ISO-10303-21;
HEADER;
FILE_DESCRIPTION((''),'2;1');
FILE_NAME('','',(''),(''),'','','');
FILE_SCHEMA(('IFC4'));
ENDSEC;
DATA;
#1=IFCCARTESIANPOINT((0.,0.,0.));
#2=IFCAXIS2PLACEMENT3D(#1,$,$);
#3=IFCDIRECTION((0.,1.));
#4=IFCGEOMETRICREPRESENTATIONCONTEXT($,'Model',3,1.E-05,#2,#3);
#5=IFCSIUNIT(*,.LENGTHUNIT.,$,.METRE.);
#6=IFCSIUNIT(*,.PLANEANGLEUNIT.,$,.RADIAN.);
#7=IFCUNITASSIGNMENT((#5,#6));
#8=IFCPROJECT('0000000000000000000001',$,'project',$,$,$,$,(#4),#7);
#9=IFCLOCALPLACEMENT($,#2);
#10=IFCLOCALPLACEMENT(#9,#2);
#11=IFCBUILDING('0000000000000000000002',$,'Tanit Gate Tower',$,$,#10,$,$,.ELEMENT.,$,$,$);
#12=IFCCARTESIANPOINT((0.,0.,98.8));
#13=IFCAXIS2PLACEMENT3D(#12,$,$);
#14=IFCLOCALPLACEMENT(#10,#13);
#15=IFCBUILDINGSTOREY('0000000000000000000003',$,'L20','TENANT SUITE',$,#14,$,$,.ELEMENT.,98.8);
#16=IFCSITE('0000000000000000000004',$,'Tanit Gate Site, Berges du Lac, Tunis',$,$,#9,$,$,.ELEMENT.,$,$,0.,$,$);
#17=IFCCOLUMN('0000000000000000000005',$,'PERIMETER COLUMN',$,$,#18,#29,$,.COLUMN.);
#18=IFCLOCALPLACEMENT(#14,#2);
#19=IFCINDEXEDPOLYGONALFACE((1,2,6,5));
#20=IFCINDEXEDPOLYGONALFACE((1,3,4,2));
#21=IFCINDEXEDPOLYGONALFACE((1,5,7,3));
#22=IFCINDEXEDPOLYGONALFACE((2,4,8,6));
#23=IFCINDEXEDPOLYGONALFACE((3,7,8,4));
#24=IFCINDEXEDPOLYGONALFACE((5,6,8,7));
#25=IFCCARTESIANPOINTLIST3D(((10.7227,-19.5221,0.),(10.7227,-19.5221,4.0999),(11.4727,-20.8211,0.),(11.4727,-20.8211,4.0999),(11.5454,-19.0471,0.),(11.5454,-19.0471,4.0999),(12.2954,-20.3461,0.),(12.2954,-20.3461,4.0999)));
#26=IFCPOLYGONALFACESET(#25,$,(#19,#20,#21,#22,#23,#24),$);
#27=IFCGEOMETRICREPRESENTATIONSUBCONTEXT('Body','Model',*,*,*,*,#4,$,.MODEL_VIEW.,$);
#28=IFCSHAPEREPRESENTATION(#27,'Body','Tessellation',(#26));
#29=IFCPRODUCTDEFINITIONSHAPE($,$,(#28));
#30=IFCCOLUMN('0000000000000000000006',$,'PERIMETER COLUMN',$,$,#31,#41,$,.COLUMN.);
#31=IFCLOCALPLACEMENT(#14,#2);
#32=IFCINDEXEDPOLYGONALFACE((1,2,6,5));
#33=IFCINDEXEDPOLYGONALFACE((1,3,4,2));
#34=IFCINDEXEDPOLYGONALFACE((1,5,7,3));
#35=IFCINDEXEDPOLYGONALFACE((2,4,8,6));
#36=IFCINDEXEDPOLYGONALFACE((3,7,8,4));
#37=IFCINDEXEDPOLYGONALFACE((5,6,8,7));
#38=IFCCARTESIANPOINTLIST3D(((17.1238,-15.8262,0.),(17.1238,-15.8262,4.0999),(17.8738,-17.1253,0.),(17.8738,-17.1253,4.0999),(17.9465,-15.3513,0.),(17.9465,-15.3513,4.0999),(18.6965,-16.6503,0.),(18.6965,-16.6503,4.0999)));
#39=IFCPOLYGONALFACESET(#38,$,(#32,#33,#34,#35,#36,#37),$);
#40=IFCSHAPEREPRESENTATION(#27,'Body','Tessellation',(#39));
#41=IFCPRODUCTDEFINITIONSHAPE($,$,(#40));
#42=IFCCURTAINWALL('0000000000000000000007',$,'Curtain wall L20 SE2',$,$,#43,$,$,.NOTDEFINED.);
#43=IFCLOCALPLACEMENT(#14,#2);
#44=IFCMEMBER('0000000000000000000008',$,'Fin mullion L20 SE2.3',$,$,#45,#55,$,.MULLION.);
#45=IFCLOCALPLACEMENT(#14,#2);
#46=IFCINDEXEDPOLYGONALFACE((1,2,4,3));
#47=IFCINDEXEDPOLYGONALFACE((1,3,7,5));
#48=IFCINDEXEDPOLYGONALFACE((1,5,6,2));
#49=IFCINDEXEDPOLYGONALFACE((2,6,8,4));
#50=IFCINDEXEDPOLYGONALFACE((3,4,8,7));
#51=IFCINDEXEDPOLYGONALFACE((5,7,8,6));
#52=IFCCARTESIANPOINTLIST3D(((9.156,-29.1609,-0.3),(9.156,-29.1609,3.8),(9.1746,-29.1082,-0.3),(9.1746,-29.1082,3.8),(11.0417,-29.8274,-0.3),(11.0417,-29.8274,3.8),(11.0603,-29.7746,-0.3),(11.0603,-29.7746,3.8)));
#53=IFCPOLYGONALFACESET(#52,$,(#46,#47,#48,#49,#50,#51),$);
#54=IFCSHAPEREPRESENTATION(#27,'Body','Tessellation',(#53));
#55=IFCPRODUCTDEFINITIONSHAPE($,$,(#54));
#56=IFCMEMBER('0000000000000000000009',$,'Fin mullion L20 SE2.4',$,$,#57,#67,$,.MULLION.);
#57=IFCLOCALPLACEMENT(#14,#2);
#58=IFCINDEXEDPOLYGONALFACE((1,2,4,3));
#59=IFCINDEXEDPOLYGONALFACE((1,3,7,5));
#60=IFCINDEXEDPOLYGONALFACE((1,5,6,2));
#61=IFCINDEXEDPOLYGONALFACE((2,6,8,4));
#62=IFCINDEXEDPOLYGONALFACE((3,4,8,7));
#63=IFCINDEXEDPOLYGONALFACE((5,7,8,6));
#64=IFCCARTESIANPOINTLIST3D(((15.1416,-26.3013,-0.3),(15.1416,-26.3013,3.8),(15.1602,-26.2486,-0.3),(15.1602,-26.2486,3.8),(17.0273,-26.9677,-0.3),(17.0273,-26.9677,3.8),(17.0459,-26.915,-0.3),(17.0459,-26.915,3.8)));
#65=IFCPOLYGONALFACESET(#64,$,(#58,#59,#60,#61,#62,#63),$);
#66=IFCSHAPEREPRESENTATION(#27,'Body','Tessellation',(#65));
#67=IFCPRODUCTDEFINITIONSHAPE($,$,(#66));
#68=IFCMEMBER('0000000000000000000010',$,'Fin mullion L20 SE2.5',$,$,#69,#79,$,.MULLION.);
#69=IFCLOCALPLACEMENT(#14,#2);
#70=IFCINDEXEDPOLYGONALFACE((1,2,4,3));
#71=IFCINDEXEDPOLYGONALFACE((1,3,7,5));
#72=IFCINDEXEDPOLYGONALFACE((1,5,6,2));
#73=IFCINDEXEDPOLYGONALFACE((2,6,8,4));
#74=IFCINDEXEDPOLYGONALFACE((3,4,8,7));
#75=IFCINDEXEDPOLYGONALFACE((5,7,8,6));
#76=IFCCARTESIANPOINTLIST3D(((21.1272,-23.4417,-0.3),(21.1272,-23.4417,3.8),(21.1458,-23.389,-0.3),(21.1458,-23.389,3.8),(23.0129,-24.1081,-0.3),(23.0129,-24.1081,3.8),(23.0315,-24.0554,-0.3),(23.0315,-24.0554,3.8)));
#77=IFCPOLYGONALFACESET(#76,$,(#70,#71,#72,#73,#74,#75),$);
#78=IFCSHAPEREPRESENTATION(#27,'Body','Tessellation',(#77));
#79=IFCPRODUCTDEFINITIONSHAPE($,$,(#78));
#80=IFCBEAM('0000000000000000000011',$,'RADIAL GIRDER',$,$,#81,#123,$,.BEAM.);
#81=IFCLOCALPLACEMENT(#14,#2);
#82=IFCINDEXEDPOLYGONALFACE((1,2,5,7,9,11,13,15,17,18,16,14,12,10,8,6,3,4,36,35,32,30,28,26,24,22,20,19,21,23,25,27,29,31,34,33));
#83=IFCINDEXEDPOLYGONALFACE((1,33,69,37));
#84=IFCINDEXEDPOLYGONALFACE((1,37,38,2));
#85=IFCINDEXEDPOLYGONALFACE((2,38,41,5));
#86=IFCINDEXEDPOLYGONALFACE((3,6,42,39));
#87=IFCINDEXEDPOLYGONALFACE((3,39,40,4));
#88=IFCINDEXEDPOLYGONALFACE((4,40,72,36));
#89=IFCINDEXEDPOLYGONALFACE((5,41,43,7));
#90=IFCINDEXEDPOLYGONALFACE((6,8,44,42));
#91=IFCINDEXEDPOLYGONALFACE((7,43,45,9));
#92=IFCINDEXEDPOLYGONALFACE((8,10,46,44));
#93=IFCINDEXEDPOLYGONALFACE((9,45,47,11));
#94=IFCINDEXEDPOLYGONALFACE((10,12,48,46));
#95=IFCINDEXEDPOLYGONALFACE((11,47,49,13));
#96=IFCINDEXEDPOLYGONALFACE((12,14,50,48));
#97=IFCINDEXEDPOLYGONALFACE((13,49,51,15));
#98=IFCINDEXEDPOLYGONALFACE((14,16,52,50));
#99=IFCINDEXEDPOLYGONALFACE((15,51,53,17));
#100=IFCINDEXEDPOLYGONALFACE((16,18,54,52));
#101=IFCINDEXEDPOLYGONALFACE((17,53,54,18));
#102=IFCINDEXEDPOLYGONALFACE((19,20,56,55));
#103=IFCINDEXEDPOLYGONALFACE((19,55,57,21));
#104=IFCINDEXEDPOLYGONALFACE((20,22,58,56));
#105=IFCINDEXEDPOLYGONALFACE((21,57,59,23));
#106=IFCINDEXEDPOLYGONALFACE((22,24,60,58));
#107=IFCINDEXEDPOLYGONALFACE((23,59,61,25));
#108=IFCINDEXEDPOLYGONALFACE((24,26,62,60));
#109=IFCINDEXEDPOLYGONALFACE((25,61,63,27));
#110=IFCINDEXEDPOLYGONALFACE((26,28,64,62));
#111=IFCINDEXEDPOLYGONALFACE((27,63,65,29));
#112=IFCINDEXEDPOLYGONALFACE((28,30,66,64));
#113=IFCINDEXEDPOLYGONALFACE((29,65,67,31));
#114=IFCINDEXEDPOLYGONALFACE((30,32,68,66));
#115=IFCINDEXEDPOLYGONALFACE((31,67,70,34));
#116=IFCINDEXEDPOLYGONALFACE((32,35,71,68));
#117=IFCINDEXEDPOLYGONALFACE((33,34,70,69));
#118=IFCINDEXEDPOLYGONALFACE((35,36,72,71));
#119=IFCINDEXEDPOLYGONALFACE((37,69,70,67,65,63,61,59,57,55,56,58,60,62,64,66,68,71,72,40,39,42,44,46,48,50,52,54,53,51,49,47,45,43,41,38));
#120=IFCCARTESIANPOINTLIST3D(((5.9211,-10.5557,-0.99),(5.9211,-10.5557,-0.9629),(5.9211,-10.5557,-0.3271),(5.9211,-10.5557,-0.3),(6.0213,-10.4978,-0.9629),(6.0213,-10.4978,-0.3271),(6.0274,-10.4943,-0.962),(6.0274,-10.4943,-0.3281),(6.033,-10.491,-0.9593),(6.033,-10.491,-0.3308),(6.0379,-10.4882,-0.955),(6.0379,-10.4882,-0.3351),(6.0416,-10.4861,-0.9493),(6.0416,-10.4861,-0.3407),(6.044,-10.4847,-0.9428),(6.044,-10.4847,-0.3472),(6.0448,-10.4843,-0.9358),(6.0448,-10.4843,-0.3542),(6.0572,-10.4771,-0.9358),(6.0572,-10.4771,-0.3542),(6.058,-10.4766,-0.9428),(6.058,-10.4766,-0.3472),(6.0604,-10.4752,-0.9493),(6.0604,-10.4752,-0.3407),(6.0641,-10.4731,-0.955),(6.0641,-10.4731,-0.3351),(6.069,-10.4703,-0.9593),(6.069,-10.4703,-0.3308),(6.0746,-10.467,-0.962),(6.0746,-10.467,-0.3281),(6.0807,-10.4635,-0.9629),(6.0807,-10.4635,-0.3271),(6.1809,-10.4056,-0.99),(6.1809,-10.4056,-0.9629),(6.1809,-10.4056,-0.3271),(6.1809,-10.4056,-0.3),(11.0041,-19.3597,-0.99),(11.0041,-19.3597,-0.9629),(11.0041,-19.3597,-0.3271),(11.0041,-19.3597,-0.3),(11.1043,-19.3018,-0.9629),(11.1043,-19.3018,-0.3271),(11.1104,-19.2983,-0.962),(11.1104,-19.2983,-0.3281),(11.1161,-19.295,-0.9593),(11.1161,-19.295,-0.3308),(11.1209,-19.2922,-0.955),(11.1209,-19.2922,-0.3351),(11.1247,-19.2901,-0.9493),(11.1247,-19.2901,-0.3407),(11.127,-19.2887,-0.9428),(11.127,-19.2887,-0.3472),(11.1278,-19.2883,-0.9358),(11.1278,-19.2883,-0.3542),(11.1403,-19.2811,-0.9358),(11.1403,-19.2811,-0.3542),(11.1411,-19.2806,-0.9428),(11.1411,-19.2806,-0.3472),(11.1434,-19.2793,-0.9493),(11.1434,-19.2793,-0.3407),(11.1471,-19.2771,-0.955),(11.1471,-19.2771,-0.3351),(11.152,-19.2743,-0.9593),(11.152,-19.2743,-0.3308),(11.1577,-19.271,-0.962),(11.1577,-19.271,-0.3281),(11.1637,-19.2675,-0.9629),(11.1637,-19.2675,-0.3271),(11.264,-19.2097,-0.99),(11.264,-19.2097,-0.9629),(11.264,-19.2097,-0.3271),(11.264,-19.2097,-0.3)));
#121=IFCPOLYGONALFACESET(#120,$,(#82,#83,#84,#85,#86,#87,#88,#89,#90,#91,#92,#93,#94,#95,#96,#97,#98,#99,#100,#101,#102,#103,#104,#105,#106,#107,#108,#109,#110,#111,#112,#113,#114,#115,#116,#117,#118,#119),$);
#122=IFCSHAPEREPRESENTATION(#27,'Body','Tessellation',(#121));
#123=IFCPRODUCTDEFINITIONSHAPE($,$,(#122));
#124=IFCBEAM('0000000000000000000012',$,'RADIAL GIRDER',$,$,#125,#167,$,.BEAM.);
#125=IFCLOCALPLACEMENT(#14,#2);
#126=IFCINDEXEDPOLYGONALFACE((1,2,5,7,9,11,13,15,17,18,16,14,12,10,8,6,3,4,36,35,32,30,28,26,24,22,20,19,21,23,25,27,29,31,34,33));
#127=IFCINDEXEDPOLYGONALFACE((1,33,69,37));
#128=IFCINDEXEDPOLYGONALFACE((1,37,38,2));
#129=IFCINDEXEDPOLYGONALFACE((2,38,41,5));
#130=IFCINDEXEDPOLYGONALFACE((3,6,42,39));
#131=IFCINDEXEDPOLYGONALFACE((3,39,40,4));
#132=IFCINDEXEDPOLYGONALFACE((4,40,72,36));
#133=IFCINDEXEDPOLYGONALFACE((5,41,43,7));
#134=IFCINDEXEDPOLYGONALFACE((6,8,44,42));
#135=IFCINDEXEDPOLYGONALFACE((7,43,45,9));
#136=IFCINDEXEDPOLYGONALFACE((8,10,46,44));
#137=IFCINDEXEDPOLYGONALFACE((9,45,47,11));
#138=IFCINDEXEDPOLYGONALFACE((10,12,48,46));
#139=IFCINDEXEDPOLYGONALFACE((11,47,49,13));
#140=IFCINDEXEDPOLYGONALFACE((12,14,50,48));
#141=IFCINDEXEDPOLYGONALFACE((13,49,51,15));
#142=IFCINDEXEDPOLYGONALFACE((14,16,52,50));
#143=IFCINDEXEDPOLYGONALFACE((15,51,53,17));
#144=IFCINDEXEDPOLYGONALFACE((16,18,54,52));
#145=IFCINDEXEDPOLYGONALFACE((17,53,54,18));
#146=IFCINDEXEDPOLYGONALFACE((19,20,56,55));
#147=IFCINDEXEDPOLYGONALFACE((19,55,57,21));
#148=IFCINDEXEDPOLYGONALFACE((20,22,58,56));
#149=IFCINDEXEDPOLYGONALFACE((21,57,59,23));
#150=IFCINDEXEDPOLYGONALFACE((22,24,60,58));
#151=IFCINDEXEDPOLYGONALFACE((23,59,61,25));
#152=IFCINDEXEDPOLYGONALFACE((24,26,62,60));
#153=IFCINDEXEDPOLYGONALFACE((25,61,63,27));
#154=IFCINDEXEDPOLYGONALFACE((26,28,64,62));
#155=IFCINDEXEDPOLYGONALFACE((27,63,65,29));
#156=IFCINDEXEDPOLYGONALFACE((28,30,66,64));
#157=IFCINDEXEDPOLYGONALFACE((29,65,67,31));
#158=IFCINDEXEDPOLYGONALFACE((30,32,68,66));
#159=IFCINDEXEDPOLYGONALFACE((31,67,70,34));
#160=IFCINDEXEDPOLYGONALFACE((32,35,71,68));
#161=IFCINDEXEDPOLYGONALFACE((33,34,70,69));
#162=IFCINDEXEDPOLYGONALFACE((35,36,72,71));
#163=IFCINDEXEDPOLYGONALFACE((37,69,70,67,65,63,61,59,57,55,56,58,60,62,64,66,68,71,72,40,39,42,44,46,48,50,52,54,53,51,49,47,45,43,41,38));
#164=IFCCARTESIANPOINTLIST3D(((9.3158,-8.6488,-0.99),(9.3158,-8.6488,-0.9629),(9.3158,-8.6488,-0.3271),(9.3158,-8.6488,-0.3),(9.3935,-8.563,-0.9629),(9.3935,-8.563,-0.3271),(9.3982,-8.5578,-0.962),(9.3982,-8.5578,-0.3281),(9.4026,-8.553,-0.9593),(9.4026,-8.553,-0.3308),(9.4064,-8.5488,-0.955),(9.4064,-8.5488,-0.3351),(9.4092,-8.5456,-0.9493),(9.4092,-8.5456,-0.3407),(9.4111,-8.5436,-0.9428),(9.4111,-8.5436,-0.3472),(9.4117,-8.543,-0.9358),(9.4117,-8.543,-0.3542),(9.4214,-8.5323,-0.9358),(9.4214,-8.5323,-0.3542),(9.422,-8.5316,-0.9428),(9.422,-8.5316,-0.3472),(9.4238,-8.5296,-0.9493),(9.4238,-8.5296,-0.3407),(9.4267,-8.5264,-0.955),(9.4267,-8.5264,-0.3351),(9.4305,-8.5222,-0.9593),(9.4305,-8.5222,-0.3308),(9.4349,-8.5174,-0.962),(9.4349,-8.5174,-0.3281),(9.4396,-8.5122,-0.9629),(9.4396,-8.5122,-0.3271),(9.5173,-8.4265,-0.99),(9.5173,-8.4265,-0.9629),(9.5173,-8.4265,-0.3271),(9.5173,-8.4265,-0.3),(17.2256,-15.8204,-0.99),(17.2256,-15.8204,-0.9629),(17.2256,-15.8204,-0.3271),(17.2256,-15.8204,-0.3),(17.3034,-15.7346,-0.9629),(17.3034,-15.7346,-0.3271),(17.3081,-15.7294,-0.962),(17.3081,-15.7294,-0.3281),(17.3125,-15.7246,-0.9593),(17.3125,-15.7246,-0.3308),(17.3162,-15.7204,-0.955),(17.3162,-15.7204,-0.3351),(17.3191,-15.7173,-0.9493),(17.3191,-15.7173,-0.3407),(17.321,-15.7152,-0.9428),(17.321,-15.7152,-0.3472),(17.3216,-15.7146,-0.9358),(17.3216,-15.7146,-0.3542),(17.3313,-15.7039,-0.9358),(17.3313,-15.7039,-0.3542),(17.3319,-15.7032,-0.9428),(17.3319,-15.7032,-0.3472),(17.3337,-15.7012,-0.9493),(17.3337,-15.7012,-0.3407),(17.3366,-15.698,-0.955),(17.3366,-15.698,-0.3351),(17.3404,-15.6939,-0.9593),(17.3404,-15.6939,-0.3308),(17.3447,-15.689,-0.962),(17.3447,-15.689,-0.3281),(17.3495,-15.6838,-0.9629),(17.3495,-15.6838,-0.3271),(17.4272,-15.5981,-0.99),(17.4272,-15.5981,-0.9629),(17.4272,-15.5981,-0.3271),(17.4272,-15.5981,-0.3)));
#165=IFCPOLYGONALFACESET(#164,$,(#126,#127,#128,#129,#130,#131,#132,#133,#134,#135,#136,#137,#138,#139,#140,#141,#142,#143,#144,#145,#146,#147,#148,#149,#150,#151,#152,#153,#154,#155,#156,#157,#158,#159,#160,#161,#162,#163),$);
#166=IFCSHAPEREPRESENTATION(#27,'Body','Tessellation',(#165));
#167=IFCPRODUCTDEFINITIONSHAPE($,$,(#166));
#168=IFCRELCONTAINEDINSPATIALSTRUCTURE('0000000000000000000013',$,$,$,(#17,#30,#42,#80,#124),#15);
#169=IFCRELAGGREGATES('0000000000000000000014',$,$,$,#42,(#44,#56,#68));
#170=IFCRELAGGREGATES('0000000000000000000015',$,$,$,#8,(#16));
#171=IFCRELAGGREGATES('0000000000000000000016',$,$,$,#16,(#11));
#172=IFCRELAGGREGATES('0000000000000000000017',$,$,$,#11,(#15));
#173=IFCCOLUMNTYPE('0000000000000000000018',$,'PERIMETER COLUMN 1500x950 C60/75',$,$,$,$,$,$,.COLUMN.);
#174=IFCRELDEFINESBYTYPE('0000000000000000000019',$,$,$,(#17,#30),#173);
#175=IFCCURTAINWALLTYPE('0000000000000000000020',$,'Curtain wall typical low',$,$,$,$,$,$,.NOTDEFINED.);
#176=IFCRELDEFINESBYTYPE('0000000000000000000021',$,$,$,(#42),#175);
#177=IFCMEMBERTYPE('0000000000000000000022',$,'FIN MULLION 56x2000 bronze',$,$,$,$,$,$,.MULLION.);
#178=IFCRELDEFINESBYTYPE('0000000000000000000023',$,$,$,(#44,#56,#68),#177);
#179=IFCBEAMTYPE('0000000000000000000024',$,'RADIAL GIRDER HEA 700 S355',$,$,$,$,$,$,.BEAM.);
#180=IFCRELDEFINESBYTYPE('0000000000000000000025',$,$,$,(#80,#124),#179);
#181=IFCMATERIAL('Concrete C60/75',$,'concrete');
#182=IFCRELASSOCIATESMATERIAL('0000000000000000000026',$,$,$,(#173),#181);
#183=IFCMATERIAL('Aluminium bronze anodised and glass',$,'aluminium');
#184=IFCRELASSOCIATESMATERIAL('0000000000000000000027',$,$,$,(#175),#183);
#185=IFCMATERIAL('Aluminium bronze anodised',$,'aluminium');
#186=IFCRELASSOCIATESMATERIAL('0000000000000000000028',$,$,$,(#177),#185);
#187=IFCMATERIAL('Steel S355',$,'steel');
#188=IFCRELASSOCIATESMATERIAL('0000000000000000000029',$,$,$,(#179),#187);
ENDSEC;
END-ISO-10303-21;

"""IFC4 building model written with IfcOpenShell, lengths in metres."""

from ifc_helpers import new_model, si_unit, direction, frame, origin, origin_2d, place, context, subcontext, project, spatial, rectangle, i_section, extrude, material, material_profile, profile_set, type_object, element, aggregate, save


model = new_model("IFC4")

# Units and contexts
model_context = context("Model", 3, precision=1e-05, world=origin(), true_north=direction((0.0, 1.0)))
body_context = subcontext(model_context, "Body", "Model", "MODEL_VIEW")
ifc_project = project(units=[si_unit("LENGTHUNIT", "METRE"), si_unit("PLANEANGLEUNIT", "RADIAN")], contexts=[model_context])

# Site, building, storey
site_placement = place(None, origin())
site = spatial("IfcSite", under=ifc_project, at=site_placement, Name="Tanit Gate Site, Berges du Lac, Tunis", CompositionType="ELEMENT", RefElevation=0.0)
building_placement = place(site_placement, origin())
building = spatial("IfcBuilding", under=site, at=building_placement, Name="Tanit Gate Tower", CompositionType="ELEMENT")
storey_placement = place(building_placement, frame((0.0, 0.0, 98.8)))
storey = spatial("IfcBuildingStorey", under=building, at=storey_placement, Name="L20", Description="TENANT SUITE", CompositionType="ELEMENT", Elevation=98.8)

# Columns
ifc_material_1 = material(Name="Concrete C60/75", Category="concrete")
ifc_material_profile_1 = material_profile(ifc_material_1, rectangle(XDim=1.5, YDim=0.95, at=origin_2d()), Name="RC 1500x950")
ifc_profile_set_1 = profile_set([ifc_material_profile_1], Name="Concrete C60/75")
column_type = type_object("IfcColumnType", Name="PERIMETER COLUMN 1500x950 C60/75", PredefinedType="COLUMN", material=ifc_profile_set_1)
for number, where, z_axis, x_axis, name in (
    (1, (11.509, -19.9341, 0.0), (0.0, 0.0, 1.0), (0.5, -0.866025, 0.0), "PERIMETER COLUMN"),
    (2, (17.9102, -16.2383, 0.0), (0.0, 0.0, 1.0), (0.5, -0.866025, 0.0), "PERIMETER COLUMN"),
):
    element("IfcColumn", number, at=place(storey_placement, frame(where, z_axis=z_axis, x_axis=x_axis)), inside=storey, type_object=column_type, Name=name, PredefinedType="COLUMN", context=body_context, shape_type="SweptSolid", body=[
        extrude(rectangle(XDim=1.5, YDim=0.95, at=origin_2d()), origin(), (0.0, 0.0, 1.0), 4.0999),
    ])

# Curtain wall, members
ifc_material_2 = material(Name="Aluminium bronze anodised and glass", Category="aluminium")
curtain_wall_type = type_object("IfcCurtainWallType", Name="Curtain wall typical low", PredefinedType="NOTDEFINED", material=ifc_material_2)
curtain_wall_placement = place(storey_placement, origin())
curtain_wall = element("IfcCurtainWall", 3, at=curtain_wall_placement, inside=storey, type_object=curtain_wall_type, Name="Curtain wall L20 SE2", PredefinedType="NOTDEFINED")
ifc_material_3 = material(Name="Aluminium bronze anodised", Category="aluminium")
ifc_material_profile_2 = material_profile(ifc_material_3, rectangle(XDim=2.0, YDim=0.0559, at=origin_2d()), Name="56x2000 bronze fin mullion")
ifc_profile_set_2 = profile_set([ifc_material_profile_2], Name="Aluminium bronze anodised")
member_type_1 = type_object("IfcMemberType", Name="FIN MULLION 56x2000 bronze", PredefinedType="MULLION", material=ifc_profile_set_2)
member_1_placement = place(storey_placement, frame((10.1082, -29.4678, -0.3), z_axis=(0.0, 0.0, 1.0), x_axis=(-0.942849, 0.33322, 0.0)))
member_1 = element("IfcMember", 4, at=member_1_placement, type_object=member_type_1, Name="Fin mullion L20 SE2.3", PredefinedType="MULLION", context=body_context, shape_type="SweptSolid", body=[
    extrude(rectangle(XDim=2.0, YDim=0.0559, at=origin_2d()), origin(), (0.0, 0.0, 1.0), 4.1001),
])
member_2_placement = place(storey_placement, frame((16.0938, -26.6082, -0.3), z_axis=(0.0, 0.0, 1.0), x_axis=(-0.942849, 0.33322, 0.0)))
member_2 = element("IfcMember", 5, at=member_2_placement, type_object=member_type_1, Name="Fin mullion L20 SE2.4", PredefinedType="MULLION", context=body_context, shape_type="SweptSolid", body=[
    extrude(rectangle(XDim=2.0, YDim=0.0559, at=origin_2d()), origin(), (0.0, 0.0, 1.0), 4.1001),
])
member_3_placement = place(storey_placement, frame((22.0793, -23.7485, -0.3), z_axis=(0.0, 0.0, 1.0), x_axis=(-0.942849, 0.33322, 0.0)))
member_3 = element("IfcMember", 6, at=member_3_placement, type_object=member_type_1, Name="Fin mullion L20 SE2.5", PredefinedType="MULLION", context=body_context, shape_type="SweptSolid", body=[
    extrude(rectangle(XDim=2.0, YDim=0.0559, at=origin_2d()), origin(), (0.0, 0.0, 1.0), 4.1001),
])

# Beams
ifc_material_4 = material(Name="Steel S355", Category="steel")
ifc_material_profile_3 = material_profile(ifc_material_4, i_section(OverallWidth=0.3, OverallDepth=0.6899, WebThickness=0.0144, FlangeThickness=0.0271, FilletRadius=0.0271, at=origin_2d()), Name="HEA 700")
ifc_profile_set_3 = profile_set([ifc_material_profile_3], Name="Steel S355")
beam_type = type_object("IfcBeamType", Name="RADIAL GIRDER HEA 700 S355", PredefinedType="BEAM", material=ifc_profile_set_3)
beam_1_placement = place(storey_placement, frame((11.134, -19.2847, -0.645), z_axis=(-0.500003, 0.866024, 0.0), x_axis=(-0.866024, -0.500003, 0.0)))
element("IfcBeam", 7, at=beam_1_placement, inside=storey, type_object=beam_type, Name="RADIAL GIRDER", PredefinedType="BEAM", context=body_context, shape_type="SweptSolid", body=[
    extrude(i_section(OverallWidth=0.3, OverallDepth=0.6899, WebThickness=0.0144, FlangeThickness=0.0271, FilletRadius=0.0271, at=origin_2d()), origin(), (0.0, 0.0, 1.0), 10.166),
])
beam_2_placement = place(storey_placement, frame((17.3264, -15.7092, -0.645), z_axis=(-0.740834, 0.671688, 0.0), x_axis=(-0.671688, -0.740834, 0.0)))
element("IfcBeam", 8, at=beam_2_placement, inside=storey, type_object=beam_type, Name="RADIAL GIRDER", PredefinedType="BEAM", context=body_context, shape_type="SweptSolid", body=[
    extrude(i_section(OverallWidth=0.3, OverallDepth=0.6899, WebThickness=0.0144, FlangeThickness=0.0271, FilletRadius=0.0271, at=origin_2d()), origin(), (0.0, 0.0, 1.0), 10.677),
])

aggregate(curtain_wall, [member_1, member_2, member_3])

save(model, "model.ifc")
